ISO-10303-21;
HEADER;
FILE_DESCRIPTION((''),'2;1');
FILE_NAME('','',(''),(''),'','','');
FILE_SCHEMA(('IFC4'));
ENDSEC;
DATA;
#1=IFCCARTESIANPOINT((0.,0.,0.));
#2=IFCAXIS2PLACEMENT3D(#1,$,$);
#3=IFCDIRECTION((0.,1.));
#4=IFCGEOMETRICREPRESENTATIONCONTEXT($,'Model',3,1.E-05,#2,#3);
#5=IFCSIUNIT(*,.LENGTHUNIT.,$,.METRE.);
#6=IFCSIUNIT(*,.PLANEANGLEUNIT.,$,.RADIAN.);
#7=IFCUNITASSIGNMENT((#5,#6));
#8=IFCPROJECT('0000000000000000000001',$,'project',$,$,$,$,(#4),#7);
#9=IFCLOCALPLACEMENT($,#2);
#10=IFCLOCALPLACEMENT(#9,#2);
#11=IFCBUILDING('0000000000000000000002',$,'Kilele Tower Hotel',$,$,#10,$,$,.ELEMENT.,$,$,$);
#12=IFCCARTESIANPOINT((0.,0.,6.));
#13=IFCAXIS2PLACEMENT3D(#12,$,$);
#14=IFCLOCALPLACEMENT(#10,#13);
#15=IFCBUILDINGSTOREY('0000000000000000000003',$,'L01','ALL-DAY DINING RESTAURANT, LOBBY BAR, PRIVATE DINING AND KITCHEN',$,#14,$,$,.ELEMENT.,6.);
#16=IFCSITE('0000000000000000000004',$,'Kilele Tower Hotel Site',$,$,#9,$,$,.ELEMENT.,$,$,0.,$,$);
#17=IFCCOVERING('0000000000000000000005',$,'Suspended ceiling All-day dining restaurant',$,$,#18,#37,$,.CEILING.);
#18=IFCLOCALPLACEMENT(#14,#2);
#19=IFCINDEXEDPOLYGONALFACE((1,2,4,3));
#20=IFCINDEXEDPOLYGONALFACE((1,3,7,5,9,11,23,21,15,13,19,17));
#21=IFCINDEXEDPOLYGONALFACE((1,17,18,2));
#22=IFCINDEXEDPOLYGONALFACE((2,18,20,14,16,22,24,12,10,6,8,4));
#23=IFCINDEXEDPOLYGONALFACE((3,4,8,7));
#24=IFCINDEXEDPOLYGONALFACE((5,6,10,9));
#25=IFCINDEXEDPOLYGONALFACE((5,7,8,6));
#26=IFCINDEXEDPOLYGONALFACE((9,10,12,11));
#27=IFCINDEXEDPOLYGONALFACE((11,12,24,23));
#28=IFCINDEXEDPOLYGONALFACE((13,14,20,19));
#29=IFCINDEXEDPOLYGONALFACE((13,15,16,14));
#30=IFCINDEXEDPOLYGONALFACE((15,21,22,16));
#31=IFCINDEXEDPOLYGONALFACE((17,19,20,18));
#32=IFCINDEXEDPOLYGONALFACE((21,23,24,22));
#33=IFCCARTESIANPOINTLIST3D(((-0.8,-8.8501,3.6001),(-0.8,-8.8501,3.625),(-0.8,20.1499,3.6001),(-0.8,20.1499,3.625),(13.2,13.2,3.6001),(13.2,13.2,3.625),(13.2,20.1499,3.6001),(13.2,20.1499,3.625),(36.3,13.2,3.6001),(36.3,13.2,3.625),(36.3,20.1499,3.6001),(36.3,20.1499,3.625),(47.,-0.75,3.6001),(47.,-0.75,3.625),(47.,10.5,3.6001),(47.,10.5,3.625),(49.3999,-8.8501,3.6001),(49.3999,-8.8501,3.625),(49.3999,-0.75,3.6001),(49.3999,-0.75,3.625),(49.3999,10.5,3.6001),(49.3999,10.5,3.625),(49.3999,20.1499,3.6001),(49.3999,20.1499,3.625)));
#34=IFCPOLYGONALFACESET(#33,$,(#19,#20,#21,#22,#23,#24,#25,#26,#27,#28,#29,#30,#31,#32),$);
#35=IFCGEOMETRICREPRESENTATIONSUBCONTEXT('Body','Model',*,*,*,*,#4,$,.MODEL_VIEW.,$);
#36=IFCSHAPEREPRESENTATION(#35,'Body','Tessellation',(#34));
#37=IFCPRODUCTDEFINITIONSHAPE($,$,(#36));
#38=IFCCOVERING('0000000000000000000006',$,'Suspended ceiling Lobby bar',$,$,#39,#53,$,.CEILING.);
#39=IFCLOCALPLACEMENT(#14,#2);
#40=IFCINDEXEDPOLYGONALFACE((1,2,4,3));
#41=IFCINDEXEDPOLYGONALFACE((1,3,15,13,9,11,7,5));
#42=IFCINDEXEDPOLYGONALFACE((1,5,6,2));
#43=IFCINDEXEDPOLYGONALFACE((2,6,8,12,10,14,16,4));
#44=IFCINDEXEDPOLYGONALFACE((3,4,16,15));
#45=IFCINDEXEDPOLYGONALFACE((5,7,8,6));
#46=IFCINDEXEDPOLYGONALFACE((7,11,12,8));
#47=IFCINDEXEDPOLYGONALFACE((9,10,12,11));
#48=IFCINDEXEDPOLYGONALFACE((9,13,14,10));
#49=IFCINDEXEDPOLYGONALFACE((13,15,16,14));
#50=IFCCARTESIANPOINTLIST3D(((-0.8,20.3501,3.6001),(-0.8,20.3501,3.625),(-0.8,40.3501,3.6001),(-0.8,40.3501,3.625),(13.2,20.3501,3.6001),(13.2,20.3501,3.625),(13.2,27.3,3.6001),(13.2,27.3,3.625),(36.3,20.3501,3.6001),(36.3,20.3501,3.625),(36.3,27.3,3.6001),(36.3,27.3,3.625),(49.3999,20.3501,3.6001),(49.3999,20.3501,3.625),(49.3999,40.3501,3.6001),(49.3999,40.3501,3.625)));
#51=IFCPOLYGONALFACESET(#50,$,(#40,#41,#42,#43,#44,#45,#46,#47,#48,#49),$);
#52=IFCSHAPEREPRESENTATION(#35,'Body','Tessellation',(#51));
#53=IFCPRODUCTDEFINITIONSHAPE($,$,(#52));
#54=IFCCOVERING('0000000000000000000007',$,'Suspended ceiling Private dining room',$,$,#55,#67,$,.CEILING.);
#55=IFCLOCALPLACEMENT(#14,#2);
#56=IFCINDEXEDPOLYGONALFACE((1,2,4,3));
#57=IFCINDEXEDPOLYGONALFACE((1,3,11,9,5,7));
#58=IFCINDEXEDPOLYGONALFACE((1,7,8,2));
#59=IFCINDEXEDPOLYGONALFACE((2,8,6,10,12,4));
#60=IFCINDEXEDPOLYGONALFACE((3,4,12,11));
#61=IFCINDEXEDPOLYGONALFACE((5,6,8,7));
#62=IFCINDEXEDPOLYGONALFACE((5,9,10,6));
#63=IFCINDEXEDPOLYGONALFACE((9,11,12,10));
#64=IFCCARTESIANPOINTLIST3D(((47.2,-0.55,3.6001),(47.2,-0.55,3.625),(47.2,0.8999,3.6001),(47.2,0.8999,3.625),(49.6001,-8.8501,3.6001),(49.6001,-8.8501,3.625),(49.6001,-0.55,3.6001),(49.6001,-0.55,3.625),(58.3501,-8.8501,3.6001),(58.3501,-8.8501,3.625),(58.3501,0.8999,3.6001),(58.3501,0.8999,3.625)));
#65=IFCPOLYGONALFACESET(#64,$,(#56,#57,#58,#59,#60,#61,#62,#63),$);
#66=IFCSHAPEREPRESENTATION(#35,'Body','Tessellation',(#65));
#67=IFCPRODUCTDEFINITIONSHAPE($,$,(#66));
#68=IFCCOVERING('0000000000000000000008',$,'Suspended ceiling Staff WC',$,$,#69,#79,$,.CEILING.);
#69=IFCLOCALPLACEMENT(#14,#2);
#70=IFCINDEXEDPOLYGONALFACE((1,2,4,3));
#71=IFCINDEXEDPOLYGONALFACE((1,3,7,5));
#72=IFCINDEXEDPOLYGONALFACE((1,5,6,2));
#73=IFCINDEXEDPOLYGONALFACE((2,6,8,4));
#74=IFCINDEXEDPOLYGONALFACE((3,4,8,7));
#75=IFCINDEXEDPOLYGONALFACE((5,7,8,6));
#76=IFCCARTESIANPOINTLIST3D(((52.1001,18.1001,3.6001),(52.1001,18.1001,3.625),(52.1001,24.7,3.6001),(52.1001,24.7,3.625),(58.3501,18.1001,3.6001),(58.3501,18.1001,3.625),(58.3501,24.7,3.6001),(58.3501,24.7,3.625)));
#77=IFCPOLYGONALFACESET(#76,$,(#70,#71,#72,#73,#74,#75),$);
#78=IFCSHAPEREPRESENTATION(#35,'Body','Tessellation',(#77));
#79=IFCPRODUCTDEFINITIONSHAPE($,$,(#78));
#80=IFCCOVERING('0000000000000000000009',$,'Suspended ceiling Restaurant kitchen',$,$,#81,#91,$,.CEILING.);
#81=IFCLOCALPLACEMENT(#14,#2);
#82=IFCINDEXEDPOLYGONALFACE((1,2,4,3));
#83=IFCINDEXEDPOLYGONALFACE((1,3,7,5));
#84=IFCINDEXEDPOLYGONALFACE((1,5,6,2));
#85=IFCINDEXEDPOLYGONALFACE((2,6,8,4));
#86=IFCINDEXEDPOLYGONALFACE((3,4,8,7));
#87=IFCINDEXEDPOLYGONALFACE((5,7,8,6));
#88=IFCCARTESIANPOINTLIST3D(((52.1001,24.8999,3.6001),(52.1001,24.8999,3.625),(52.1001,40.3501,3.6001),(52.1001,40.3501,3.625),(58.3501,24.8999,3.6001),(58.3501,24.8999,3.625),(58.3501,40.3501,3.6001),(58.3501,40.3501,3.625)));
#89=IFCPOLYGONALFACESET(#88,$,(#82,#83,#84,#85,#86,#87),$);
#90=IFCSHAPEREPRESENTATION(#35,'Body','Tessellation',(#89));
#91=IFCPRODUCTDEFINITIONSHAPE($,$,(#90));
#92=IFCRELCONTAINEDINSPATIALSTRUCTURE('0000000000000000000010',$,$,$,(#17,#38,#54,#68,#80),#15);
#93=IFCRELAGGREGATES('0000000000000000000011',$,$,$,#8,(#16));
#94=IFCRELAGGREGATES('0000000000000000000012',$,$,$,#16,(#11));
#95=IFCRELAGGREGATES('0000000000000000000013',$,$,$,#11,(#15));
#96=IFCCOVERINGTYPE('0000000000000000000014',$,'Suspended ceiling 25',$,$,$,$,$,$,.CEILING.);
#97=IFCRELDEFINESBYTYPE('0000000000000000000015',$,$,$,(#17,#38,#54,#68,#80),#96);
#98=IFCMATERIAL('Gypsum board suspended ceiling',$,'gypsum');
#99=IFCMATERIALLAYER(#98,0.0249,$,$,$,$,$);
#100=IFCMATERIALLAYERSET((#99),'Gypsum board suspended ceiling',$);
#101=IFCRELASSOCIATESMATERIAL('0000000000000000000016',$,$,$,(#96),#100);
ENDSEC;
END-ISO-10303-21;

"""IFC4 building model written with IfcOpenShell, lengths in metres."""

from ifc_helpers import new_model, si_unit, direction, frame, origin, place, context, subcontext, project, spatial, polyline, outline, extrude, material, layer, layer_set, type_object, element, save


model = new_model("IFC4")

# Units and contexts
model_context = context("Model", 3, precision=1e-05, world=origin(), true_north=direction((0.0, 1.0)))
body_context = subcontext(model_context, "Body", "Model", "MODEL_VIEW")
ifc_project = project(units=[si_unit("LENGTHUNIT", "METRE"), si_unit("PLANEANGLEUNIT", "RADIAN")], contexts=[model_context])

# Site, building, storey
site_placement = place(None, origin())
site = spatial("IfcSite", under=ifc_project, at=site_placement, Name="Kilele Tower Hotel Site", CompositionType="ELEMENT", RefElevation=0.0)
building_placement = place(site_placement, origin())
building = spatial("IfcBuilding", under=site, at=building_placement, Name="Kilele Tower Hotel", CompositionType="ELEMENT")
storey_placement = place(building_placement, frame((0.0, 0.0, 6.0)))
storey = spatial("IfcBuildingStorey", under=building, at=storey_placement, Name="L01", Description="ALL-DAY DINING RESTAURANT, LOBBY BAR, PRIVATE DINING AND KITCHEN", CompositionType="ELEMENT", Elevation=6.0)

# Coverings
ifc_material_1 = material(Name="Gypsum board suspended ceiling", Category="gypsum")
ifc_layer_1 = layer(ifc_material_1, 0.0249)
ifc_layer_set_1 = layer_set([ifc_layer_1], Name="Gypsum board suspended ceiling")
covering_type = type_object("IfcCoveringType", Name="Suspended ceiling 25", PredefinedType="CEILING", material=ifc_layer_set_1)
covering_1_placement = place(storey_placement, frame((0.0, 0.0, 3.6001)))
element("IfcCovering", 1, at=covering_1_placement, inside=storey, type_object=covering_type, Name="Suspended ceiling All-day dining restaurant", PredefinedType="CEILING", context=body_context, shape_type="SweptSolid", body=[
    extrude(outline(polyline([(47.0, 10.5), (47.0, -0.75), (49.3999, -0.75), (49.3999, -8.8501), (-0.8, -8.8501), (-0.8, 20.1499), (13.2, 20.1499), (13.2, 13.2), (36.3, 13.2), (36.3, 20.1499), (49.3999, 20.1499), (49.3999, 10.5), (47.0, 10.5)])), origin(), (0.0, 0.0, 1.0), 0.0249),
])
covering_2_placement = place(storey_placement, frame((0.0, 0.0, 3.6001)))
element("IfcCovering", 2, at=covering_2_placement, inside=storey, type_object=covering_type, Name="Suspended ceiling Lobby bar", PredefinedType="CEILING", context=body_context, shape_type="SweptSolid", body=[
    extrude(outline(polyline([(-0.8, 40.3501), (49.3999, 40.3501), (49.3999, 20.3501), (36.3, 20.3501), (36.3, 27.3), (13.2, 27.3), (13.2, 20.3501), (-0.8, 20.3501), (-0.8, 40.3501)])), origin(), (0.0, 0.0, 1.0), 0.0249),
])
covering_3_placement = place(storey_placement, frame((0.0, 0.0, 3.6001)))
element("IfcCovering", 3, at=covering_3_placement, inside=storey, type_object=covering_type, Name="Suspended ceiling Private dining room", PredefinedType="CEILING", context=body_context, shape_type="SweptSolid", body=[
    extrude(outline(polyline([(58.3501, 0.8999), (58.3501, -8.8501), (49.6001, -8.8501), (49.6001, -0.55), (47.2, -0.55), (47.2, 0.8999), (58.3501, 0.8999)])), origin(), (0.0, 0.0, 1.0), 0.0249),
])
covering_4_placement = place(storey_placement, frame((0.0, 0.0, 3.6001)))
element("IfcCovering", 4, at=covering_4_placement, inside=storey, type_object=covering_type, Name="Suspended ceiling Staff WC", PredefinedType="CEILING", context=body_context, shape_type="SweptSolid", body=[
    extrude(outline(polyline([(58.3501, 18.1001), (52.1001, 18.1001), (52.1001, 24.7), (58.3501, 24.7), (58.3501, 18.1001)])), origin(), (0.0, 0.0, 1.0), 0.0249),
])
covering_5_placement = place(storey_placement, frame((0.0, 0.0, 3.6001)))
element("IfcCovering", 5, at=covering_5_placement, inside=storey, type_object=covering_type, Name="Suspended ceiling Restaurant kitchen", PredefinedType="CEILING", context=body_context, shape_type="SweptSolid", body=[
    extrude(outline(polyline([(58.3501, 24.8999), (52.1001, 24.8999), (52.1001, 40.3501), (58.3501, 40.3501), (58.3501, 24.8999)])), origin(), (0.0, 0.0, 1.0), 0.0249),
])

save(model, "model.ifc")
